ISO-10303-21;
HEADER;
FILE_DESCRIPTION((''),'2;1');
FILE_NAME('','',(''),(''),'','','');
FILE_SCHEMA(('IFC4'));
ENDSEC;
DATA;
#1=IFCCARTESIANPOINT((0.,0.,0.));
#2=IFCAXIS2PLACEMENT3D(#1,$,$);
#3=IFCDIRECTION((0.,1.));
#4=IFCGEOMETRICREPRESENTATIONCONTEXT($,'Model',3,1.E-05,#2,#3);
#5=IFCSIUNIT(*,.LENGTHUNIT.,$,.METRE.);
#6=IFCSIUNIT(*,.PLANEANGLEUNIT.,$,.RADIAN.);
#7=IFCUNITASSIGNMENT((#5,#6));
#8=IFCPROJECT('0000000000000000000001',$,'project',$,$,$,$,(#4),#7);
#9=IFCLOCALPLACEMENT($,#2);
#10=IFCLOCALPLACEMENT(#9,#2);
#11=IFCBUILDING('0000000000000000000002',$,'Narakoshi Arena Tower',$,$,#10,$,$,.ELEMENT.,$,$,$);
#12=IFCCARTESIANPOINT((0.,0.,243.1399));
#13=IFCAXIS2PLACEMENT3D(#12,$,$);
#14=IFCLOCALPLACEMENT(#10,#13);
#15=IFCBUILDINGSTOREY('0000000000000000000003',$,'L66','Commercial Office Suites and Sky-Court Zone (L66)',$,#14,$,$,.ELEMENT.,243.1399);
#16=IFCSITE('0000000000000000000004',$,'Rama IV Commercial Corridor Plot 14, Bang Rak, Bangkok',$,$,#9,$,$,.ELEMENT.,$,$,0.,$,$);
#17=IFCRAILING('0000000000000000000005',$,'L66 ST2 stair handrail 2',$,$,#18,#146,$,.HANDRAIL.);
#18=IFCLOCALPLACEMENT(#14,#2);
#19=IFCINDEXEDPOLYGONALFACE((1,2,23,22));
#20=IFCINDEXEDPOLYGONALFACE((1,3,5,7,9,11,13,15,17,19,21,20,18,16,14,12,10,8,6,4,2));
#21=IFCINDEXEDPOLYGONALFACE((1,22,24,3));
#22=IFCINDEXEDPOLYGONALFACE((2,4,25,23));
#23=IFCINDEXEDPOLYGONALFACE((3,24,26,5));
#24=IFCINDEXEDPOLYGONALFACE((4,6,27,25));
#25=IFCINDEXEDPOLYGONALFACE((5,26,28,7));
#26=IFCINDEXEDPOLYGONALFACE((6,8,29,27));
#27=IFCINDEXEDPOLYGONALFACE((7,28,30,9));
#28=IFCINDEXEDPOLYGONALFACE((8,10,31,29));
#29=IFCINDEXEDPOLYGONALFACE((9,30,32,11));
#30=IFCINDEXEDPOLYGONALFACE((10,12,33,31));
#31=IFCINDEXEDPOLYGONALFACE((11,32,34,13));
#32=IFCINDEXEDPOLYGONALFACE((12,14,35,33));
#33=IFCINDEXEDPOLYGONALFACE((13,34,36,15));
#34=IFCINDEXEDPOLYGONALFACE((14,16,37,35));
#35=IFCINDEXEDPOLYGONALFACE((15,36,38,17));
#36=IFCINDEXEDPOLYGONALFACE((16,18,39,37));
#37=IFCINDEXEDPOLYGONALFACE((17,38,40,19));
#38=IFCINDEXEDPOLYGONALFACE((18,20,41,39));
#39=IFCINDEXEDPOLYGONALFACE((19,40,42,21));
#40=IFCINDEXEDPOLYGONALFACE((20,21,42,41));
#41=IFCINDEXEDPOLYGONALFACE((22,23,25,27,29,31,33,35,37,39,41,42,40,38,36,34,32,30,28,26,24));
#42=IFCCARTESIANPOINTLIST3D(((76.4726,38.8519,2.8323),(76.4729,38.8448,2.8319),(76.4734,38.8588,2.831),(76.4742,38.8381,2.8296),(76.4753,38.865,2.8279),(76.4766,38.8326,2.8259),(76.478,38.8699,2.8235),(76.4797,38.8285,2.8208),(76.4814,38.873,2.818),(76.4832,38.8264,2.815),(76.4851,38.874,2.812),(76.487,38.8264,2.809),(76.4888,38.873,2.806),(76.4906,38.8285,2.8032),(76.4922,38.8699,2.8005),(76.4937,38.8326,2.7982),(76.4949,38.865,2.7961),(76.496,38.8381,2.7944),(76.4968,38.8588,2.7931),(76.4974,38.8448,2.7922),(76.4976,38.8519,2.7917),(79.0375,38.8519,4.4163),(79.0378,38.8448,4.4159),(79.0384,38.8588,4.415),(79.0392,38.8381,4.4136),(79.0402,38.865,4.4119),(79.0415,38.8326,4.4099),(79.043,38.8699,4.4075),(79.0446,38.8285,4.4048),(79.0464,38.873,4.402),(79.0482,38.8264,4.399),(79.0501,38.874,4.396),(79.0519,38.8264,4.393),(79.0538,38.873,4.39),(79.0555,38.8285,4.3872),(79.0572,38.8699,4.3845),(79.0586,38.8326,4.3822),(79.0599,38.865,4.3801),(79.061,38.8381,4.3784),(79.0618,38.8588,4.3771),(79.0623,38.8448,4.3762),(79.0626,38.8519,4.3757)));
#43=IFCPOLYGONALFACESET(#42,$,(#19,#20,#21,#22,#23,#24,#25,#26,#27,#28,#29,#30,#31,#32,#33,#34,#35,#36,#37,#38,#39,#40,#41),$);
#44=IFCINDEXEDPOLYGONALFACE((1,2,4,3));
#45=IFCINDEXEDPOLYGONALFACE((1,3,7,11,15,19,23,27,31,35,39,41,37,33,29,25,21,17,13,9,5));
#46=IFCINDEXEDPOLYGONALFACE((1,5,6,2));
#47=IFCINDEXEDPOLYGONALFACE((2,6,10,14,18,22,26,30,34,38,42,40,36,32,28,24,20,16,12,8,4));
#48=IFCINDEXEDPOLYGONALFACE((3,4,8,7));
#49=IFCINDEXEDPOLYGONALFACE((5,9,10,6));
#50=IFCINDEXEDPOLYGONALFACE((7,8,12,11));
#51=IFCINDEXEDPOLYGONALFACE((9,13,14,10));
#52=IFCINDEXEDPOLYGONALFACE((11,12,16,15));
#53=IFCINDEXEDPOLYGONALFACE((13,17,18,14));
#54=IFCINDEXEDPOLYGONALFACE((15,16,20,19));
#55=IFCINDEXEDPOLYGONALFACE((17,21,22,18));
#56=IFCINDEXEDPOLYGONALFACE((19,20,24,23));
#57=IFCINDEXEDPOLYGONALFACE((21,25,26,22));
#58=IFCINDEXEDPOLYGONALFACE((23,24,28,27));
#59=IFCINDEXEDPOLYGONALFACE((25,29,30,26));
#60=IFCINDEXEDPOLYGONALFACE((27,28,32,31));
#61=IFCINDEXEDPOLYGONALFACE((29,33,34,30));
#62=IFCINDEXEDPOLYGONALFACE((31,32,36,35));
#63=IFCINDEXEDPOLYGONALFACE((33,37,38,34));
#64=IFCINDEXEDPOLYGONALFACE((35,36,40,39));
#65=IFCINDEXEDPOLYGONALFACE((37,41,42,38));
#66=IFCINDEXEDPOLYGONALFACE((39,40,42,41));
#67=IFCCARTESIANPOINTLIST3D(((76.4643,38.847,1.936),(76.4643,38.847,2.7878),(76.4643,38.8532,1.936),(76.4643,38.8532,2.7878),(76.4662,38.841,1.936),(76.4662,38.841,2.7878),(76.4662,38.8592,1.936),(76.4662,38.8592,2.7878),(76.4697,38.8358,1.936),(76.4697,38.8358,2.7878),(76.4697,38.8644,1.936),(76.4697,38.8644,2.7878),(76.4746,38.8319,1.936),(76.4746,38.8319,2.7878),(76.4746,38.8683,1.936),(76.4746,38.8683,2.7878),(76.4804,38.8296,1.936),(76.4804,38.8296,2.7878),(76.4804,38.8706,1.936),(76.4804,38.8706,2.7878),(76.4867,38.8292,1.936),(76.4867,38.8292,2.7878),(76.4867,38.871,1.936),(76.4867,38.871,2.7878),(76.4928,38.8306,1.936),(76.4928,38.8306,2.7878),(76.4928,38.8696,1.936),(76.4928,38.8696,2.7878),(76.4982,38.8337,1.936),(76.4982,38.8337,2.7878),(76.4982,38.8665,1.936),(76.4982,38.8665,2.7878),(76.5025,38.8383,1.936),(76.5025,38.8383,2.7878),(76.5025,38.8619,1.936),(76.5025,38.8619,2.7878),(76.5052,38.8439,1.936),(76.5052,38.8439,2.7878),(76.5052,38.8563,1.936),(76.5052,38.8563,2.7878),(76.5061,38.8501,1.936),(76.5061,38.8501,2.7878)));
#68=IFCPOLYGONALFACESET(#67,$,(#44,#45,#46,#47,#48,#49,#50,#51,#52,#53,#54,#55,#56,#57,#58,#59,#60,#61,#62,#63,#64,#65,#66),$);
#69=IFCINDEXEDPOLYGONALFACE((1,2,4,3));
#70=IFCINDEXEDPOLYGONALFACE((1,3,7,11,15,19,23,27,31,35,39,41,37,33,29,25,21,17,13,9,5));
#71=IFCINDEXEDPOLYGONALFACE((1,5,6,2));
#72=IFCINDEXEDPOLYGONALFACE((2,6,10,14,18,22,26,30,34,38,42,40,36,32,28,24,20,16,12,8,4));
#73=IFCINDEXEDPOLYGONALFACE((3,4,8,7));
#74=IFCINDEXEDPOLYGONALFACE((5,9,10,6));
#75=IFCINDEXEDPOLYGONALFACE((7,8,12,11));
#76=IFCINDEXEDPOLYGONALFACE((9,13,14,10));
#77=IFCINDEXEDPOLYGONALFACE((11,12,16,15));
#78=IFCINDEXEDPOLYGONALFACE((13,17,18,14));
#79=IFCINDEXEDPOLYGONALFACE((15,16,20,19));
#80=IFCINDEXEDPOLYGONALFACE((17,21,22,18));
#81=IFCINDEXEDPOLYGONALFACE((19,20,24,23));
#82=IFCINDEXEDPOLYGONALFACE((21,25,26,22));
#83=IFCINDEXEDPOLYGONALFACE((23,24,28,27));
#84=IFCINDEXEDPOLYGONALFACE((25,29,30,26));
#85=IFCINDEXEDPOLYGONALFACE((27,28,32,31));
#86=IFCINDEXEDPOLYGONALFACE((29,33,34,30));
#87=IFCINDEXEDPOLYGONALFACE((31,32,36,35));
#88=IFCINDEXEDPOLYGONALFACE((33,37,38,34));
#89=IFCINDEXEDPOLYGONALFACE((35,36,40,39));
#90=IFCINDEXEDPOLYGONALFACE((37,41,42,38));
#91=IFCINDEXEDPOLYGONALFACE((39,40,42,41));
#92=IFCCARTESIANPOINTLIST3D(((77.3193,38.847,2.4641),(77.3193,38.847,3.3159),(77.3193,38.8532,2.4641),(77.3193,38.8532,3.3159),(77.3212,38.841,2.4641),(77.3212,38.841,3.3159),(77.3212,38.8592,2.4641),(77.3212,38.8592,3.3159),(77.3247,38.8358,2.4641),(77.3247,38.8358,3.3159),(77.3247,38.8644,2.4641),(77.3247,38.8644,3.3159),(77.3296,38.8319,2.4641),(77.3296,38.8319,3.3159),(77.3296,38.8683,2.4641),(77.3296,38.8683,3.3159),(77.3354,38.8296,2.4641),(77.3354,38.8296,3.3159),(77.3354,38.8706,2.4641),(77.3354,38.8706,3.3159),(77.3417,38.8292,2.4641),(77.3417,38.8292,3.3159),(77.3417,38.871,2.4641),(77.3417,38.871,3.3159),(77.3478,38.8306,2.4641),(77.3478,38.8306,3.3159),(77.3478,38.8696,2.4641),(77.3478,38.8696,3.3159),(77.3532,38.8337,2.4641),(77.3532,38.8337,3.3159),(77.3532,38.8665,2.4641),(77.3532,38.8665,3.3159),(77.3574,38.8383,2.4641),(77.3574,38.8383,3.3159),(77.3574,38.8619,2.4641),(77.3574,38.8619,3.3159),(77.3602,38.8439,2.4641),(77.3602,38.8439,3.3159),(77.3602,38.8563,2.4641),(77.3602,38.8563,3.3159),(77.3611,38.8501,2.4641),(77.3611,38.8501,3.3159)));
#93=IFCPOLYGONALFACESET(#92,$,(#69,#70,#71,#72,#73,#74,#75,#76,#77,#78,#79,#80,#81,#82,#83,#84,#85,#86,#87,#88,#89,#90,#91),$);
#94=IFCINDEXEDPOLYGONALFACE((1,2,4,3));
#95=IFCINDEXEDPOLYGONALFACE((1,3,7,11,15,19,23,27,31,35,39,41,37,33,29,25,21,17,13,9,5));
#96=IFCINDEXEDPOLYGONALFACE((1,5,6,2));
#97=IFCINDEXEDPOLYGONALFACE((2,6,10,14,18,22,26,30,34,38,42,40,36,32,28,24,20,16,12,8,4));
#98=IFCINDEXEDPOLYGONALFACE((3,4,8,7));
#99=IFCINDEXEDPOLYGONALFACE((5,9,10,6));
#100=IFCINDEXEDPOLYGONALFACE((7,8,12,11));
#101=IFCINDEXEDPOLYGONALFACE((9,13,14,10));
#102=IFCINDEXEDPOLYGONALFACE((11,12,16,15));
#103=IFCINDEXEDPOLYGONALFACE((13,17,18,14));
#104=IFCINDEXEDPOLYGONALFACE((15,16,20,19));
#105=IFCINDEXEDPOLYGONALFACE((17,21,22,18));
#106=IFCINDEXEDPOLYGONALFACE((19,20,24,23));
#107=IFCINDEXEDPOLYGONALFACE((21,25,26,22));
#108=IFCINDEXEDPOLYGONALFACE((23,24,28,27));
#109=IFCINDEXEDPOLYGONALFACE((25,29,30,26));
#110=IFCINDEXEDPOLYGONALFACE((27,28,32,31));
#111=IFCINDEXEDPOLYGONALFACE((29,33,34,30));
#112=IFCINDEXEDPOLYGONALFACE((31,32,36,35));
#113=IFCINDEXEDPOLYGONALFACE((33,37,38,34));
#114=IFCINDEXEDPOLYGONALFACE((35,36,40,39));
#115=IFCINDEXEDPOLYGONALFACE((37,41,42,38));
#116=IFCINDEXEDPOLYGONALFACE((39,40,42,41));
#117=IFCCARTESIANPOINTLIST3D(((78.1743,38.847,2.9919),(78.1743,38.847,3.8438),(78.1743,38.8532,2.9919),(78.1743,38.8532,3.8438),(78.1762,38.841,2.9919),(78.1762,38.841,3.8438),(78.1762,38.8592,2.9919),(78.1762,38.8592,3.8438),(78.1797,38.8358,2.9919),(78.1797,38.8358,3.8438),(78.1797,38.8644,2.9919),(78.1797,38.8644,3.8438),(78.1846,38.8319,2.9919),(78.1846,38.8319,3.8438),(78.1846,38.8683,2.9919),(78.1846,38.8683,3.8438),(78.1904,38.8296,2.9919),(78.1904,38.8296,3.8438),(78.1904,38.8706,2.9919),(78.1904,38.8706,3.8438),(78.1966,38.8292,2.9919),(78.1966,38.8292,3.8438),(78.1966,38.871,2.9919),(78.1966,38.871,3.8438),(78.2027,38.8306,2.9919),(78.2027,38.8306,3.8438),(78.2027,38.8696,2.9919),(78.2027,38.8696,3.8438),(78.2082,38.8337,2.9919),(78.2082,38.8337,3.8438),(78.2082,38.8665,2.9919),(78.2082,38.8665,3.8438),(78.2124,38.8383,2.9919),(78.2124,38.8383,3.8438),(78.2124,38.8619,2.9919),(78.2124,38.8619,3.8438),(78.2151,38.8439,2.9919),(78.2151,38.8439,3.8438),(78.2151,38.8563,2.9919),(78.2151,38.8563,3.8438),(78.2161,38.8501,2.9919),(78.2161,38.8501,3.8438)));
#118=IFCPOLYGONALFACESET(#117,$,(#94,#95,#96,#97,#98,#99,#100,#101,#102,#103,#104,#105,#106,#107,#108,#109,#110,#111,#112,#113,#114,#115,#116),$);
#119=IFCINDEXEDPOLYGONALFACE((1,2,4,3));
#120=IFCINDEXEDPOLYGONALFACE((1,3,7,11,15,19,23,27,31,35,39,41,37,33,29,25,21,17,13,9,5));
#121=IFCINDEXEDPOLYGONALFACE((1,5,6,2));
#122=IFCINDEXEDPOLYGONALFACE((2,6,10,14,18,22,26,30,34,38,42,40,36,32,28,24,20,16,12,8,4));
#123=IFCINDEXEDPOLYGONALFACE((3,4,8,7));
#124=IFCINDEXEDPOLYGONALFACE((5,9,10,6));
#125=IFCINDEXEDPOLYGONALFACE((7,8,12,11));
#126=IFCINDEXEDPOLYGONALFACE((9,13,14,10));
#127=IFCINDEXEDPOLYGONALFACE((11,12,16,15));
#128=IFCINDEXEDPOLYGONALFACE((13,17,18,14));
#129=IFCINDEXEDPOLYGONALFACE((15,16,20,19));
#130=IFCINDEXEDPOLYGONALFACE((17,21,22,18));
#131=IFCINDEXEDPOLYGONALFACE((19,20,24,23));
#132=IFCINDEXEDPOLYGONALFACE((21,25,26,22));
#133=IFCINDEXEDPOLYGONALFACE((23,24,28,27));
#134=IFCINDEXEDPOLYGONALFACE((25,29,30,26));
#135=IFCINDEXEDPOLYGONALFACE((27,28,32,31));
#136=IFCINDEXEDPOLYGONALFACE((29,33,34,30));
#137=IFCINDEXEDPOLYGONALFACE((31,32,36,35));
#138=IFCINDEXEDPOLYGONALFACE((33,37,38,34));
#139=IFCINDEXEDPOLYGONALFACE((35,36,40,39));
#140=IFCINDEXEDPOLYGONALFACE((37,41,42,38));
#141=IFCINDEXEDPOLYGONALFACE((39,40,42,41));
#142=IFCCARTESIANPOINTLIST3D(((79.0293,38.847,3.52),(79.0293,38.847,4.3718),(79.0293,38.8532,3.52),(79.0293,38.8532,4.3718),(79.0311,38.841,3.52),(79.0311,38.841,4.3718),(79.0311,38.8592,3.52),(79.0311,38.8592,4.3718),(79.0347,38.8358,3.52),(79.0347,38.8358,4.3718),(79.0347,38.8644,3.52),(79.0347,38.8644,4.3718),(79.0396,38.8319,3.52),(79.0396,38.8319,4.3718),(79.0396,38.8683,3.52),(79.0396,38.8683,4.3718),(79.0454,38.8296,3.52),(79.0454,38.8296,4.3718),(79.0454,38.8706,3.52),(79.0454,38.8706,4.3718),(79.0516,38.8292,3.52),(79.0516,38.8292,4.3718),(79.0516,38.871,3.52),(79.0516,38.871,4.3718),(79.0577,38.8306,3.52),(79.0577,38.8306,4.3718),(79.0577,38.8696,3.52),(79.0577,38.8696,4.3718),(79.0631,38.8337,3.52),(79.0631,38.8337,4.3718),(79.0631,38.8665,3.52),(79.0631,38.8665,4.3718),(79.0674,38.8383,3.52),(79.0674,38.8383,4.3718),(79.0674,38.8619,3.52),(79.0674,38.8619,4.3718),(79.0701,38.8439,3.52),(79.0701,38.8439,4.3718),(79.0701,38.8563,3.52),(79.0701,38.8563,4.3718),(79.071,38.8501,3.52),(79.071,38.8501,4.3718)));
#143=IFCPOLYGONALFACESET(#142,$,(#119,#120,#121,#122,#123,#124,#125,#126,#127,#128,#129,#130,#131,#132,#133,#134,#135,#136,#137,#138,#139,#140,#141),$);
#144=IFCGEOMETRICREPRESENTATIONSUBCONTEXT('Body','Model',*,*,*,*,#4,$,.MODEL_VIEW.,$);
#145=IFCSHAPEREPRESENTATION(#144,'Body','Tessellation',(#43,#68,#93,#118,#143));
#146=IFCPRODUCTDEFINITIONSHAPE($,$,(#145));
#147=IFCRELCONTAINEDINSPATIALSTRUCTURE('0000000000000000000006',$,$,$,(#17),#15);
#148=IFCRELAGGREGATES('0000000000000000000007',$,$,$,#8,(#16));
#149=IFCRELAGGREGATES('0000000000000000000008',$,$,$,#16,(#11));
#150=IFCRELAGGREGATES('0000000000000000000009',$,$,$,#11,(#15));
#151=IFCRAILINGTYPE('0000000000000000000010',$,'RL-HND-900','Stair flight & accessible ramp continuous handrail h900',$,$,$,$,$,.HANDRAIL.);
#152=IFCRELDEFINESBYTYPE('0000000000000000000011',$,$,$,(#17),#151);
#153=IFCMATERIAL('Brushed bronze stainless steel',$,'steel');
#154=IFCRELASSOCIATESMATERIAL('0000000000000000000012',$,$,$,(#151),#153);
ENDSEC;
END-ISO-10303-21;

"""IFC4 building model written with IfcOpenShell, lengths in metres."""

from ifc_helpers import new_model, si_unit, direction, frame, origin, origin_2d, place, context, subcontext, project, spatial, circle, extrude, material, type_object, element, save


model = new_model("IFC4")

# Units and contexts
model_context = context("Model", 3, precision=1e-05, world=origin(), true_north=direction((0.0, 1.0)))
body_context = subcontext(model_context, "Body", "Model", "MODEL_VIEW")
ifc_project = project(units=[si_unit("LENGTHUNIT", "METRE"), si_unit("PLANEANGLEUNIT", "RADIAN")], contexts=[model_context])

# Site, building, storey
site_placement = place(None, origin())
site = spatial("IfcSite", under=ifc_project, at=site_placement, Name="Rama IV Commercial Corridor Plot 14, Bang Rak, Bangkok", CompositionType="ELEMENT", RefElevation=0.0)
building_placement = place(site_placement, origin())
building = spatial("IfcBuilding", under=site, at=building_placement, Name="Narakoshi Arena Tower", CompositionType="ELEMENT")
storey_placement = place(building_placement, frame((0.0, 0.0, 243.1399)))
storey = spatial("IfcBuildingStorey", under=building, at=storey_placement, Name="L66", Description="Commercial Office Suites and Sky-Court Zone (L66)", CompositionType="ELEMENT", Elevation=243.1399)

# Railing
ifc_material_1 = material(Name="Brushed bronze stainless steel", Category="steel")
railing_type_1 = type_object("IfcRailingType", Name="RL-HND-900", Description="Stair flight & accessible ramp continuous handrail h900", PredefinedType="HANDRAIL", material=ifc_material_1)
railing_1_placement = place(storey_placement, frame((76.4851, 38.8501, 1.936)))
element("IfcRailing", 1, at=railing_1_placement, inside=storey, type_object=railing_type_1, Name="L66 ST2 stair handrail 2", PredefinedType="HANDRAIL", context=body_context, shape_type="SweptSolid", body=[
    extrude(circle(Radius=0.0239, at=origin_2d()), frame((0.0, 0.0, 0.876), z_axis=(0.850834, 0.0, 0.525434), x_axis=(0.0, 1.0, 0.0)), (0.0, 0.0, 1.0), 3.0146),
    extrude(circle(Radius=0.021, at=origin_2d()), origin(), (0.0, 0.0, 1.0), 0.8518),
    extrude(circle(Radius=0.021, at=origin_2d()), frame((0.855, 0.0, 0.5281)), (0.0, 0.0, 1.0), 0.8518),
    extrude(circle(Radius=0.021, at=origin_2d()), frame((1.71, 0.0, 1.0559)), (0.0, 0.0, 1.0), 0.8518),
    extrude(circle(Radius=0.021, at=origin_2d()), frame((2.5649, 0.0, 1.584)), (0.0, 0.0, 1.0), 0.8518),
])

save(model, "model.ifc")
